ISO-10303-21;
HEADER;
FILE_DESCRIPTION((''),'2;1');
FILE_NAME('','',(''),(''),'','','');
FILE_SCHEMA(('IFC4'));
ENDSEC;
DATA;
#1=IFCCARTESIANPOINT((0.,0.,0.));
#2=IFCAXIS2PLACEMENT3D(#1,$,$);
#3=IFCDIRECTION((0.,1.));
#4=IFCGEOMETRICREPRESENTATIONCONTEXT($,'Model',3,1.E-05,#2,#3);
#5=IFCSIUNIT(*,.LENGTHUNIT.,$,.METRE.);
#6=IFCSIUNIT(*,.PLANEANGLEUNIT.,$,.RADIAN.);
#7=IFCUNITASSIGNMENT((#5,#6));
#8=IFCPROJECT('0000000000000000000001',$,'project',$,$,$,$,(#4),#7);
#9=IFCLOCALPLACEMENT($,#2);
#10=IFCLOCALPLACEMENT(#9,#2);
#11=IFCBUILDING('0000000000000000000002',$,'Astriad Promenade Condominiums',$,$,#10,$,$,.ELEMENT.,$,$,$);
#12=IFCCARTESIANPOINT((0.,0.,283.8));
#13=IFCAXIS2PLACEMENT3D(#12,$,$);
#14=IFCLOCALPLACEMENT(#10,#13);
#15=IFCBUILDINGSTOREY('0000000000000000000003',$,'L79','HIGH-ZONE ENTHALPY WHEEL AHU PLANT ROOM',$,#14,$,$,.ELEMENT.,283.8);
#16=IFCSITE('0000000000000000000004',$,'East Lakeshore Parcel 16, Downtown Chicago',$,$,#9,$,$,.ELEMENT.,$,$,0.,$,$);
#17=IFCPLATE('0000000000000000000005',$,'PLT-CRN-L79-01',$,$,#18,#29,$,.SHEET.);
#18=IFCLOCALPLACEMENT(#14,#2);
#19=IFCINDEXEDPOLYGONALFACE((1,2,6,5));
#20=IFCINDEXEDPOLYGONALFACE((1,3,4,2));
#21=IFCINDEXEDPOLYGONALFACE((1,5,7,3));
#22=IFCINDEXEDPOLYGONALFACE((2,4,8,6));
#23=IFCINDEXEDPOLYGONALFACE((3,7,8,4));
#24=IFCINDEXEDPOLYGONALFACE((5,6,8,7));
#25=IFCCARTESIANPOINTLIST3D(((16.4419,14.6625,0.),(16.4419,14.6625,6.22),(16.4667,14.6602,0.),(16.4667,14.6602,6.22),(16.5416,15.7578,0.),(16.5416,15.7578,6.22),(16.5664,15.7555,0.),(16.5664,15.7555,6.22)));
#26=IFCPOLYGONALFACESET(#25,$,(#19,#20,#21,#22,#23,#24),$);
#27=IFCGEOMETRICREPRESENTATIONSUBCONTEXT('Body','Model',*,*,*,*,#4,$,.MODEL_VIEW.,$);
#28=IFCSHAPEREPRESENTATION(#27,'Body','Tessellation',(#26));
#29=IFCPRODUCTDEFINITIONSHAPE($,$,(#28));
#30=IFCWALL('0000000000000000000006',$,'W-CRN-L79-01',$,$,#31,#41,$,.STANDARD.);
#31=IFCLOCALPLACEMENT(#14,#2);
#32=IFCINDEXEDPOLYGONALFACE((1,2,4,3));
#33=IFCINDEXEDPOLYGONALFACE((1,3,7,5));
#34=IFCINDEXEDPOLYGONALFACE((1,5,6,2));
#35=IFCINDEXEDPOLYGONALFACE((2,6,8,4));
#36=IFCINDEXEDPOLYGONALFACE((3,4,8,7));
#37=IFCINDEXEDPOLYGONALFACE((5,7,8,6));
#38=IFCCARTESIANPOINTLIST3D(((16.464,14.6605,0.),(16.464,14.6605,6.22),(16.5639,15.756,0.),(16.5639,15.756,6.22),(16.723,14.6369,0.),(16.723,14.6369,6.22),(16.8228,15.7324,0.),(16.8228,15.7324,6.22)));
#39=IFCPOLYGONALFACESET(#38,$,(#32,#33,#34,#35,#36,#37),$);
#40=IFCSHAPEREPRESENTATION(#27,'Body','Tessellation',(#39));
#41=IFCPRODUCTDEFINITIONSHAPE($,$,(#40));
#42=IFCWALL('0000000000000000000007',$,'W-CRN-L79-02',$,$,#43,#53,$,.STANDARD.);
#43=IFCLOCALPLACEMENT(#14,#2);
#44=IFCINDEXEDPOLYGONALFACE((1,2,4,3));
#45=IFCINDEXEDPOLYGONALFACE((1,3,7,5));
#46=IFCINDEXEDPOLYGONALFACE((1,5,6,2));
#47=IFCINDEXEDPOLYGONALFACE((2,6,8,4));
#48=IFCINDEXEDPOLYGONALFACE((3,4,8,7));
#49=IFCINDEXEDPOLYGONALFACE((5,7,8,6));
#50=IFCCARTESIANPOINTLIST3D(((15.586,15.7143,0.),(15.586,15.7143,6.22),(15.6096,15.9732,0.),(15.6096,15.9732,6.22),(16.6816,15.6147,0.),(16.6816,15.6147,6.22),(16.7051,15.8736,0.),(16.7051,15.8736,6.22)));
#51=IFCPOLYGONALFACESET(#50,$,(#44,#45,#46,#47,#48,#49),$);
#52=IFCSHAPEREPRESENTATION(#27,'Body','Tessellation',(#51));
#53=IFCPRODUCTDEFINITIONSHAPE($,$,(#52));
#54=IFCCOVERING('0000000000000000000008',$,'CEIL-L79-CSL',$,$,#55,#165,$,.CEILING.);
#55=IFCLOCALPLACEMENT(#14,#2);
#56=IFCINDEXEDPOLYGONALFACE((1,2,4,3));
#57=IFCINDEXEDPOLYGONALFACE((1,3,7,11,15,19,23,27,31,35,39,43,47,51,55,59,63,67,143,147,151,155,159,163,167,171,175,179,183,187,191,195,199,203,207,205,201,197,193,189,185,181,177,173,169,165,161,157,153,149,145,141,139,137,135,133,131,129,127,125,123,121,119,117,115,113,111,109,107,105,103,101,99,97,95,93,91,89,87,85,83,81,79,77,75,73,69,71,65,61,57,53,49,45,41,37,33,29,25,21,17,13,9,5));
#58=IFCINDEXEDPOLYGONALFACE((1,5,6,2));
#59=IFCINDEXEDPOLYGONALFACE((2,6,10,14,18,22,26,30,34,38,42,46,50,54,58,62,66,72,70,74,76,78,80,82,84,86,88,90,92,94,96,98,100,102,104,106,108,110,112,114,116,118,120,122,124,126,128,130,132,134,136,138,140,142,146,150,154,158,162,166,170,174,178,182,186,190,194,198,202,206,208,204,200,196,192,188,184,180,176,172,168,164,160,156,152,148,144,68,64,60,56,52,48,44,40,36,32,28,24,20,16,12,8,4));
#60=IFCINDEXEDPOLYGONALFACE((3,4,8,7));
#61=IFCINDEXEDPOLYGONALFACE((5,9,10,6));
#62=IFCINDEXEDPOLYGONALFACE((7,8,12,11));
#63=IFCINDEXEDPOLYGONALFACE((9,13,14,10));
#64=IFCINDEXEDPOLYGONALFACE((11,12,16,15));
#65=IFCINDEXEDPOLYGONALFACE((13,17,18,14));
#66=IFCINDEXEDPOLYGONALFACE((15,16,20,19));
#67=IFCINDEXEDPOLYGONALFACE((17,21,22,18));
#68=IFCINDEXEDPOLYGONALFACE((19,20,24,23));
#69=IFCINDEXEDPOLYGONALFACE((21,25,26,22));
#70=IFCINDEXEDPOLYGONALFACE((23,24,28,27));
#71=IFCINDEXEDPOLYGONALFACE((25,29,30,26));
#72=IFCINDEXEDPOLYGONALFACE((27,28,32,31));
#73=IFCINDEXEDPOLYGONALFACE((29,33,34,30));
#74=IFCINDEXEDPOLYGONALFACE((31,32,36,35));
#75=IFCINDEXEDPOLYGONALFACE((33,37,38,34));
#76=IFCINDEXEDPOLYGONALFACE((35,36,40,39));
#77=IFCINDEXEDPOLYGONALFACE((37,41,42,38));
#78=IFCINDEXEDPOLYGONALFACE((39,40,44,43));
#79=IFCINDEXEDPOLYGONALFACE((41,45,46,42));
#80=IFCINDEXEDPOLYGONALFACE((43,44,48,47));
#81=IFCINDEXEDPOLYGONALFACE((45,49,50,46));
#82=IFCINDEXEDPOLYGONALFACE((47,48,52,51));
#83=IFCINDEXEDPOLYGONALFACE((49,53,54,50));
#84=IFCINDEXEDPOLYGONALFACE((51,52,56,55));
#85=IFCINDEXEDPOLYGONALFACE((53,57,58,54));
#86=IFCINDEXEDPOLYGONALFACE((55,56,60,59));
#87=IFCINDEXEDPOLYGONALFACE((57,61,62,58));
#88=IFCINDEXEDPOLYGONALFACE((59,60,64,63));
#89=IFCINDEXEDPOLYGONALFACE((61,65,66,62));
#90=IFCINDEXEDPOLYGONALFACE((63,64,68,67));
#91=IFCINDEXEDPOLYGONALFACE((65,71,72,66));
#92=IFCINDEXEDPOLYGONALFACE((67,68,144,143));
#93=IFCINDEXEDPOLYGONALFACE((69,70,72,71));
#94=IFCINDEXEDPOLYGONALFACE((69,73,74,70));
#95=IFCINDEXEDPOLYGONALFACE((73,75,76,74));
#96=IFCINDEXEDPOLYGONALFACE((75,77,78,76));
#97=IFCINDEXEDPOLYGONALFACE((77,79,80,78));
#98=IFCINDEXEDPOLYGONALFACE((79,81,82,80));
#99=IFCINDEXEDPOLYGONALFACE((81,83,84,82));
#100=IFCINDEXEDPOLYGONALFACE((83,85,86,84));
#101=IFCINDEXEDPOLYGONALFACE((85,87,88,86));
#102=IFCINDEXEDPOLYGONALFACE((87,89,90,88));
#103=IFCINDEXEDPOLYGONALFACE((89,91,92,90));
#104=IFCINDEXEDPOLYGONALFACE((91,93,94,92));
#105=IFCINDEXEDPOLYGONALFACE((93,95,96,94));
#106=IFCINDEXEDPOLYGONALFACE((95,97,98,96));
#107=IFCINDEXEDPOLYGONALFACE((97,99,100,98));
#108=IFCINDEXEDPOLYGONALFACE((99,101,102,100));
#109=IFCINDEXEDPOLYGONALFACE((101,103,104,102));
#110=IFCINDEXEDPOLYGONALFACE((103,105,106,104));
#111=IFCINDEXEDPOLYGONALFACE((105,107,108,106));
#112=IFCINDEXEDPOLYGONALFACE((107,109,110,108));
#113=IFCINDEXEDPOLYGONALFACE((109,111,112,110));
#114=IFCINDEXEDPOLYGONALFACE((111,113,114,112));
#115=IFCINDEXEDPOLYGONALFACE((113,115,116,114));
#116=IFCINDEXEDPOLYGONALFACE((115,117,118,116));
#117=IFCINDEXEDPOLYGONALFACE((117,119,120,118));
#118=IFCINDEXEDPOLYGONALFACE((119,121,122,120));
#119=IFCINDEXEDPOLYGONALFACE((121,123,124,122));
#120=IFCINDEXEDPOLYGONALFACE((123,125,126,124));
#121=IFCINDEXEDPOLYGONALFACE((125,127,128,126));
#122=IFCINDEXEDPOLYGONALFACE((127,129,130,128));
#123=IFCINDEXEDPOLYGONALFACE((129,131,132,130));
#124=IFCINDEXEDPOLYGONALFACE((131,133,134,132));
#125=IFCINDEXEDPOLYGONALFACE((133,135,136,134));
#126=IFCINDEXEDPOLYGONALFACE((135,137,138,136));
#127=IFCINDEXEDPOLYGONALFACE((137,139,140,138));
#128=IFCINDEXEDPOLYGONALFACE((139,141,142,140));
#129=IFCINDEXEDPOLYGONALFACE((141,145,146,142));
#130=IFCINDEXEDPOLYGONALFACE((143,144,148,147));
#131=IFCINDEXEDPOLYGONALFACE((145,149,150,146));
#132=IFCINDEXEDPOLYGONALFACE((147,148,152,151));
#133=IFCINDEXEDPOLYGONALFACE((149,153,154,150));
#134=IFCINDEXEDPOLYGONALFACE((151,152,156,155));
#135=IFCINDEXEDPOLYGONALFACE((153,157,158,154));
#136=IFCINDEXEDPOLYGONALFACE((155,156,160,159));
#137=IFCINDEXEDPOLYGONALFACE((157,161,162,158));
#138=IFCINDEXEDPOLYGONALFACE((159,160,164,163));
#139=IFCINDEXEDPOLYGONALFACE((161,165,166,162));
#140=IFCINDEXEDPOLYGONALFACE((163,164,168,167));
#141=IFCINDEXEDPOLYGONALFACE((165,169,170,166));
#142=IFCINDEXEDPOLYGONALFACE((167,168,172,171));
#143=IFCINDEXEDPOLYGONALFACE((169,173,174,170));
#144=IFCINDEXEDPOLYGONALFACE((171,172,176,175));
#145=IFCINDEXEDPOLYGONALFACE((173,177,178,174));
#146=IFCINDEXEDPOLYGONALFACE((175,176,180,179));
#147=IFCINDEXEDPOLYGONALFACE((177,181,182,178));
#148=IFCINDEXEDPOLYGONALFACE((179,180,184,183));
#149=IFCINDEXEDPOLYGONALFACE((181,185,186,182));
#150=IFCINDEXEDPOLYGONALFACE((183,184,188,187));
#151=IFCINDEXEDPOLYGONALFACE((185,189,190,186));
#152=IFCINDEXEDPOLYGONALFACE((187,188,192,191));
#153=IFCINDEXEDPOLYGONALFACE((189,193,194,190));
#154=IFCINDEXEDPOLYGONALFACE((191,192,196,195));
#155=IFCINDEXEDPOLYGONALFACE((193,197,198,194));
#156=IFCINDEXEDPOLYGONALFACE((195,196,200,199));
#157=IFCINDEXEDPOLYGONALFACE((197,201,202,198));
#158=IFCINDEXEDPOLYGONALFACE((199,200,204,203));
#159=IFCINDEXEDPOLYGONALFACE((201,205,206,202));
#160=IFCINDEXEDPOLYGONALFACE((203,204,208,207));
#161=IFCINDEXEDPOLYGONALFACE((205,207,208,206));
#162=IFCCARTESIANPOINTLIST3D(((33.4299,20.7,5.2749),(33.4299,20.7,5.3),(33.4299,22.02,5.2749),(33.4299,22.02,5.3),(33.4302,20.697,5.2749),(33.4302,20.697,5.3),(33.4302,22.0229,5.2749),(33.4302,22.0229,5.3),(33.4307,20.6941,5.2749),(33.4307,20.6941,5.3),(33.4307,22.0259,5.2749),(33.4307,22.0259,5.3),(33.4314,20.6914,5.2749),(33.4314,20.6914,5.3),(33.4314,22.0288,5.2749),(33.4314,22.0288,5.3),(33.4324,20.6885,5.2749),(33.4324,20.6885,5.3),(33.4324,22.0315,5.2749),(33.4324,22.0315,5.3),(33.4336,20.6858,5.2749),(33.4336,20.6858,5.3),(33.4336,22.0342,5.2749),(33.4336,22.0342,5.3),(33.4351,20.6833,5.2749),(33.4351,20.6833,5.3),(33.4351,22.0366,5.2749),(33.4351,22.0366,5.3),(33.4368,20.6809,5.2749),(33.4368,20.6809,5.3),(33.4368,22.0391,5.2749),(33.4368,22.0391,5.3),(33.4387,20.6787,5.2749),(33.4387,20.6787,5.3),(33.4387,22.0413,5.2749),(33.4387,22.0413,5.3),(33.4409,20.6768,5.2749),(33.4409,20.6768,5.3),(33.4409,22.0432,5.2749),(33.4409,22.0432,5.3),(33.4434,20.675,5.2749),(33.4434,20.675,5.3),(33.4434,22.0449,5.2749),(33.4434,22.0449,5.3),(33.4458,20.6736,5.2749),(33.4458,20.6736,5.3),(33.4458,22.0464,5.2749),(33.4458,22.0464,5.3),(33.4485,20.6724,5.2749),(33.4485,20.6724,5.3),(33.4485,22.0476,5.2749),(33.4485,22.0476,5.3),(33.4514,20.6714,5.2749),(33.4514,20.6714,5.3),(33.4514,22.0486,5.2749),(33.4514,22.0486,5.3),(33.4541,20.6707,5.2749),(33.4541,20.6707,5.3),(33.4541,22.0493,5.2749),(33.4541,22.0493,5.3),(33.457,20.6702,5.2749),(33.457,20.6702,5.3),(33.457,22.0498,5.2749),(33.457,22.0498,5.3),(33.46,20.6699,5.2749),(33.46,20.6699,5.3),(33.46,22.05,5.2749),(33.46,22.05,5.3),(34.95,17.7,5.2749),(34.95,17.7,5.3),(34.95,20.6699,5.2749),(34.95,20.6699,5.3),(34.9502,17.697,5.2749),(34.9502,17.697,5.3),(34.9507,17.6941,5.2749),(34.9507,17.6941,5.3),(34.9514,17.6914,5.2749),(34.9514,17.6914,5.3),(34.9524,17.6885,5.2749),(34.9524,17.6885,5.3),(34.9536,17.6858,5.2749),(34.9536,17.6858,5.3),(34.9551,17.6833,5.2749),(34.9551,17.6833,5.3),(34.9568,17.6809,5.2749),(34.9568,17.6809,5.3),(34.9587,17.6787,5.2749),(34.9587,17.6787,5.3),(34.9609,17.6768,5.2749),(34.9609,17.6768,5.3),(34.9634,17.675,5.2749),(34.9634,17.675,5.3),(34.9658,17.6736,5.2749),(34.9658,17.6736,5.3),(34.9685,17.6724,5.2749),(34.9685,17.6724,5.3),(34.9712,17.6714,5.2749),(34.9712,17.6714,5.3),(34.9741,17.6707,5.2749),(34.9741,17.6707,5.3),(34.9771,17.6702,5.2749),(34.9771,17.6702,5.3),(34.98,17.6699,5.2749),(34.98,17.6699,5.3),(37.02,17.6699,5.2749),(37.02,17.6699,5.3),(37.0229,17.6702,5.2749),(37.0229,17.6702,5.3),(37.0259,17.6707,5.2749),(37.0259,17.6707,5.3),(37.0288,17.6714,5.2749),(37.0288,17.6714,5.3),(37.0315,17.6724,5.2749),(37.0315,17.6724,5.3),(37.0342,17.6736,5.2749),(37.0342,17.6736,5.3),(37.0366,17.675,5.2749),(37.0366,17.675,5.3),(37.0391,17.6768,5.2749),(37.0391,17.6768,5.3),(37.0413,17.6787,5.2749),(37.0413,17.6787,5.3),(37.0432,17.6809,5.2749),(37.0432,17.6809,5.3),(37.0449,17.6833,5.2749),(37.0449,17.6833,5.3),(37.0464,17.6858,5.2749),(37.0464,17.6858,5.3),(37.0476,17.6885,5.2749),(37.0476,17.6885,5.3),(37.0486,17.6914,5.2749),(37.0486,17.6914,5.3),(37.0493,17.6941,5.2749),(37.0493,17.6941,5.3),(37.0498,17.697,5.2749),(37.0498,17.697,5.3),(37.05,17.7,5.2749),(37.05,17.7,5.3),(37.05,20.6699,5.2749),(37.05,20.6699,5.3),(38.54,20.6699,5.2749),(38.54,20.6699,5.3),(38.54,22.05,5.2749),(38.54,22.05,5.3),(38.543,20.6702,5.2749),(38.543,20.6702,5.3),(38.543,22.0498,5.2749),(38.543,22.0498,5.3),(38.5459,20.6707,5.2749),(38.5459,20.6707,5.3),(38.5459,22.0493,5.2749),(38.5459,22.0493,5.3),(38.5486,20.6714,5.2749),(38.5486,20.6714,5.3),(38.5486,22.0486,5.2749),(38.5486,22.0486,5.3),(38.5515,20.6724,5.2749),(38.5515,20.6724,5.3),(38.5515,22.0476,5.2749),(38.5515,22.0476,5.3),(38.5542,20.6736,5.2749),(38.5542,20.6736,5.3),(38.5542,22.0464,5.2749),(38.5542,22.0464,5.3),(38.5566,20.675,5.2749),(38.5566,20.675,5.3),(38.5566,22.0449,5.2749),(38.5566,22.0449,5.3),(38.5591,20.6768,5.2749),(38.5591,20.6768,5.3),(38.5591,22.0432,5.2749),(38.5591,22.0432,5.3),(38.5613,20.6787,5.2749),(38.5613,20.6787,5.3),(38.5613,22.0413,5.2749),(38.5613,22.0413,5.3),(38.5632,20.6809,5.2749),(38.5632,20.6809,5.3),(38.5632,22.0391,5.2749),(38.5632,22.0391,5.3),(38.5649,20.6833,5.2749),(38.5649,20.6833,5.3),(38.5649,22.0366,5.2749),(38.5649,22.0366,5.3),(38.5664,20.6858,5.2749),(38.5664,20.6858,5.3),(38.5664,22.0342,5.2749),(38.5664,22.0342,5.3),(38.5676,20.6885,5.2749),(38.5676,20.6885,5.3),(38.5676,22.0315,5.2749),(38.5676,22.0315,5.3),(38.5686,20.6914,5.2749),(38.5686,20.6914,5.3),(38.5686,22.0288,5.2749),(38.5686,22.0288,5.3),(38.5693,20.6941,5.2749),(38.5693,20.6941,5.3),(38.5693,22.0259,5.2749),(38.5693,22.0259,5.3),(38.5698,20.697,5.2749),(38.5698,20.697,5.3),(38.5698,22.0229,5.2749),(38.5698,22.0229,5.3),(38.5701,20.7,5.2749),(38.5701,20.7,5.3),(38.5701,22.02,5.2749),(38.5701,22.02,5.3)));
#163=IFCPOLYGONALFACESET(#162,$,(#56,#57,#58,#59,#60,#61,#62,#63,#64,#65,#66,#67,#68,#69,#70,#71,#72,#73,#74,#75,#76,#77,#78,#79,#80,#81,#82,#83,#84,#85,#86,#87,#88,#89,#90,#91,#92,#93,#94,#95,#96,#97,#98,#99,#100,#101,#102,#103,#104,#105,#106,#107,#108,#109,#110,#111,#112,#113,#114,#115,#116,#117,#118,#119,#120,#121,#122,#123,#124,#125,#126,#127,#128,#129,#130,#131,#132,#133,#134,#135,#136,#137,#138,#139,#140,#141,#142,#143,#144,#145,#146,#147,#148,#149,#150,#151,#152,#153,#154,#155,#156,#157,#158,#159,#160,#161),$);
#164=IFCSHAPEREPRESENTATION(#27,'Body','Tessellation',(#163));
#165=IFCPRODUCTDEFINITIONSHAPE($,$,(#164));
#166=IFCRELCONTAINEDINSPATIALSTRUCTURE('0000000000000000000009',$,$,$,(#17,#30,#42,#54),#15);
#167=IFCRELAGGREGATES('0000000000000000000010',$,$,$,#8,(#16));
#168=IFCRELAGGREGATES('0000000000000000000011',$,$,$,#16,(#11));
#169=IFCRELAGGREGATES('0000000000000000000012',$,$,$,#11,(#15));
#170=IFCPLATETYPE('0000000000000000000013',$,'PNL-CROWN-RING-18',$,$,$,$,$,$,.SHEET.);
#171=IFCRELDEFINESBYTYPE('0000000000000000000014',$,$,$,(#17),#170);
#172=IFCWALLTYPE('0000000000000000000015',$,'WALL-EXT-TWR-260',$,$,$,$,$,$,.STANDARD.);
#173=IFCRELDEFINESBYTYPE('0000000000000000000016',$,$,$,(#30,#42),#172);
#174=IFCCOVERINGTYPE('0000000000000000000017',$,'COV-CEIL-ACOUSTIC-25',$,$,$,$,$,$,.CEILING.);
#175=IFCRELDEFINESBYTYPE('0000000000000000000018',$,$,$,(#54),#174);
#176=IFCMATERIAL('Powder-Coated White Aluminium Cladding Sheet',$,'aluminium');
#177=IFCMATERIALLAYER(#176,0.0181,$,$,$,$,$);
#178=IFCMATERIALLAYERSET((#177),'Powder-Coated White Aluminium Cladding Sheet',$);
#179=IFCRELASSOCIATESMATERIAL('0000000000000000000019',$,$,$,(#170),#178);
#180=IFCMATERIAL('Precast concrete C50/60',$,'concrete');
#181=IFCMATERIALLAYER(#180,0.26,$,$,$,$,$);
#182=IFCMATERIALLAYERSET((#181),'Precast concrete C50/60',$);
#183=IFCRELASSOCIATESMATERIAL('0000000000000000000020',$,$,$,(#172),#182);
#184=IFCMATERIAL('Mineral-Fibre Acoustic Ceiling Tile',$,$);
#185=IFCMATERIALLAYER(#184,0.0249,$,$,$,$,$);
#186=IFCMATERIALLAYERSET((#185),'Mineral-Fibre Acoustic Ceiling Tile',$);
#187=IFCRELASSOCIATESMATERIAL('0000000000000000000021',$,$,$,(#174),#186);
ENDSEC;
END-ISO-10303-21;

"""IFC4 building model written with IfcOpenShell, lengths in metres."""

from ifc_helpers import new_model, si_unit, direction, frame, frame_2d, origin, origin_2d, place, context, subcontext, project, spatial, polyline, rectangle, outline, extrude, source, transform, mapped, material, layer, layer_set, type_object, element, save


model = new_model("IFC4")

# Units and contexts
model_context = context("Model", 3, precision=1e-05, world=origin(), true_north=direction((0.0, 1.0)))
body_context = subcontext(model_context, "Body", "Model", "MODEL_VIEW")
ifc_project = project(units=[si_unit("LENGTHUNIT", "METRE"), si_unit("PLANEANGLEUNIT", "RADIAN")], contexts=[model_context])

# Site, building, storey
site_placement = place(None, origin())
site = spatial("IfcSite", under=ifc_project, at=site_placement, Name="East Lakeshore Parcel 16, Downtown Chicago", CompositionType="ELEMENT", RefElevation=0.0)
building_placement = place(site_placement, origin())
building = spatial("IfcBuilding", under=site, at=building_placement, Name="Astriad Promenade Condominiums", CompositionType="ELEMENT")
storey_placement = place(building_placement, frame((0.0, 0.0, 283.8)))
storey = spatial("IfcBuildingStorey", under=building, at=storey_placement, Name="L79", Description="HIGH-ZONE ENTHALPY WHEEL AHU PLANT ROOM", CompositionType="ELEMENT", Elevation=283.8)

# Plate
ifc_material_1 = material(Name="Powder-Coated White Aluminium Cladding Sheet", Category="aluminium")
ifc_layer_1 = layer(ifc_material_1, 0.0181)
ifc_layer_set_1 = layer_set([ifc_layer_1], Name="Powder-Coated White Aluminium Cladding Sheet")
plate_type = type_object("IfcPlateType", Name="PNL-CROWN-RING-18", PredefinedType="SHEET", material=ifc_layer_set_1)
shared_shape_1 = source(origin(), body_context, "Body", "SweptSolid", [
    extrude(rectangle(XDim=1.0999, YDim=0.0249, at=origin_2d()), origin(), (0.0, 0.0, 1.0), 6.22),
])
plate_1_placement = place(storey_placement, frame((16.5042, 15.209, 0.0), z_axis=(0.0, 0.0, 1.0), x_axis=(0.09065, 0.995883, 0.0)))
element("IfcPlate", 1, at=plate_1_placement, inside=storey, type_object=plate_type, Name="PLT-CRN-L79-01", PredefinedType="SHEET", context=body_context, shape_type="MappedRepresentation", body=[
    mapped(shared_shape_1, transform((0.0, 0.0, 0.0), scale=1.0)),
])

# Walls
ifc_material_2 = material(Name="Precast concrete C50/60", Category="concrete")
ifc_layer_2 = layer(ifc_material_2, 0.26)
ifc_layer_set_2 = layer_set([ifc_layer_2], Name="Precast concrete C50/60")
wall_type = type_object("IfcWallType", Name="WALL-EXT-TWR-260", PredefinedType="STANDARD", material=ifc_layer_set_2)
for number, where, z_axis, x_axis, name in (
    (2, (16.5935, 14.6487, 0.0), (0.0, 0.0, 1.0), (0.090776, 0.995871, 0.0), "W-CRN-L79-01"),
    (3, (16.6934, 15.7441, 0.0), (0.0, 0.0, 1.0), (-0.995891, 0.090556, 0.0), "W-CRN-L79-02"),
):
    element("IfcWall", number, at=place(storey_placement, frame(where, z_axis=z_axis, x_axis=x_axis)), inside=storey, type_object=wall_type, Name=name, PredefinedType="STANDARD", context=body_context, shape_type="SweptSolid", body=[
        extrude(rectangle(XDim=1.1001, YDim=0.26, at=frame_2d((0.55, 0.0))), origin(), (0.0, 0.0, 1.0), 6.22),
    ])

# Covering
ifc_material_3 = material(Name="Mineral-Fibre Acoustic Ceiling Tile")
ifc_layer_3 = layer(ifc_material_3, 0.0249)
ifc_layer_set_3 = layer_set([ifc_layer_3], Name="Mineral-Fibre Acoustic Ceiling Tile")
covering_type_1 = type_object("IfcCoveringType", Name="COV-CEIL-ACOUSTIC-25", PredefinedType="CEILING", material=ifc_layer_set_3)
covering_1_placement = place(storey_placement, frame((0.0, 0.0, 5.2749)))
element("IfcCovering", 4, at=covering_1_placement, inside=storey, type_object=covering_type_1, Name="CEIL-L79-CSL", PredefinedType="CEILING", context=body_context, shape_type="SweptSolid", body=[
    extrude(outline(polyline([(37.05, 17.7), (37.0498, 17.697), (37.0493, 17.6941), (37.0486, 17.6914), (37.0476, 17.6885), (37.0464, 17.6858), (37.0449, 17.6833), (37.0432, 17.6809), (37.0413, 17.6787), (37.0391, 17.6768), (37.0366, 17.675), (37.0342, 17.6736), (37.0315, 17.6724), (37.0288, 17.6714), (37.0259, 17.6707), (37.0229, 17.6702), (37.02, 17.6699), (34.98, 17.6699), (34.9771, 17.6702), (34.9741, 17.6707), (34.9712, 17.6714), (34.9685, 17.6724), (34.9658, 17.6736), (34.9634, 17.675), (34.9609, 17.6768), (34.9587, 17.6787), (34.9568, 17.6809), (34.9551, 17.6833), (34.9536, 17.6858), (34.9524, 17.6885), (34.9514, 17.6914), (34.9507, 17.6941), (34.9502, 17.697), (34.95, 17.7), (34.95, 20.6699), (33.46, 20.6699), (33.457, 20.6702), (33.4541, 20.6707), (33.4514, 20.6714), (33.4485, 20.6724), (33.4458, 20.6736), (33.4434, 20.675), (33.4409, 20.6768), (33.4387, 20.6787), (33.4368, 20.6809), (33.4351, 20.6833), (33.4336, 20.6858), (33.4324, 20.6885), (33.4314, 20.6914), (33.4307, 20.6941), (33.4302, 20.697), (33.4299, 20.7), (33.4299, 22.02), (33.4302, 22.0229), (33.4307, 22.0259), (33.4314, 22.0288), (33.4324, 22.0315), (33.4336, 22.0342), (33.4351, 22.0366), (33.4368, 22.0391), (33.4387, 22.0413), (33.4409, 22.0432), (33.4434, 22.0449), (33.4458, 22.0464), (33.4485, 22.0476), (33.4514, 22.0486), (33.4541, 22.0493), (33.457, 22.0498), (33.46, 22.05), (38.54, 22.05), (38.543, 22.0498), (38.5459, 22.0493), (38.5486, 22.0486), (38.5515, 22.0476), (38.5542, 22.0464), (38.5566, 22.0449), (38.5591, 22.0432), (38.5613, 22.0413), (38.5632, 22.0391), (38.5649, 22.0366), (38.5664, 22.0342), (38.5676, 22.0315), (38.5686, 22.0288), (38.5693, 22.0259), (38.5698, 22.0229), (38.5701, 22.02), (38.5701, 20.7), (38.5698, 20.697), (38.5693, 20.6941), (38.5686, 20.6914), (38.5676, 20.6885), (38.5664, 20.6858), (38.5649, 20.6833), (38.5632, 20.6809), (38.5613, 20.6787), (38.5591, 20.6768), (38.5566, 20.675), (38.5542, 20.6736), (38.5515, 20.6724), (38.5486, 20.6714), (38.5459, 20.6707), (38.543, 20.6702), (38.54, 20.6699), (37.05, 20.6699), (37.05, 17.7)])), origin(), (0.0, 0.0, 1.0), 0.0251),
])

save(model, "model.ifc")
